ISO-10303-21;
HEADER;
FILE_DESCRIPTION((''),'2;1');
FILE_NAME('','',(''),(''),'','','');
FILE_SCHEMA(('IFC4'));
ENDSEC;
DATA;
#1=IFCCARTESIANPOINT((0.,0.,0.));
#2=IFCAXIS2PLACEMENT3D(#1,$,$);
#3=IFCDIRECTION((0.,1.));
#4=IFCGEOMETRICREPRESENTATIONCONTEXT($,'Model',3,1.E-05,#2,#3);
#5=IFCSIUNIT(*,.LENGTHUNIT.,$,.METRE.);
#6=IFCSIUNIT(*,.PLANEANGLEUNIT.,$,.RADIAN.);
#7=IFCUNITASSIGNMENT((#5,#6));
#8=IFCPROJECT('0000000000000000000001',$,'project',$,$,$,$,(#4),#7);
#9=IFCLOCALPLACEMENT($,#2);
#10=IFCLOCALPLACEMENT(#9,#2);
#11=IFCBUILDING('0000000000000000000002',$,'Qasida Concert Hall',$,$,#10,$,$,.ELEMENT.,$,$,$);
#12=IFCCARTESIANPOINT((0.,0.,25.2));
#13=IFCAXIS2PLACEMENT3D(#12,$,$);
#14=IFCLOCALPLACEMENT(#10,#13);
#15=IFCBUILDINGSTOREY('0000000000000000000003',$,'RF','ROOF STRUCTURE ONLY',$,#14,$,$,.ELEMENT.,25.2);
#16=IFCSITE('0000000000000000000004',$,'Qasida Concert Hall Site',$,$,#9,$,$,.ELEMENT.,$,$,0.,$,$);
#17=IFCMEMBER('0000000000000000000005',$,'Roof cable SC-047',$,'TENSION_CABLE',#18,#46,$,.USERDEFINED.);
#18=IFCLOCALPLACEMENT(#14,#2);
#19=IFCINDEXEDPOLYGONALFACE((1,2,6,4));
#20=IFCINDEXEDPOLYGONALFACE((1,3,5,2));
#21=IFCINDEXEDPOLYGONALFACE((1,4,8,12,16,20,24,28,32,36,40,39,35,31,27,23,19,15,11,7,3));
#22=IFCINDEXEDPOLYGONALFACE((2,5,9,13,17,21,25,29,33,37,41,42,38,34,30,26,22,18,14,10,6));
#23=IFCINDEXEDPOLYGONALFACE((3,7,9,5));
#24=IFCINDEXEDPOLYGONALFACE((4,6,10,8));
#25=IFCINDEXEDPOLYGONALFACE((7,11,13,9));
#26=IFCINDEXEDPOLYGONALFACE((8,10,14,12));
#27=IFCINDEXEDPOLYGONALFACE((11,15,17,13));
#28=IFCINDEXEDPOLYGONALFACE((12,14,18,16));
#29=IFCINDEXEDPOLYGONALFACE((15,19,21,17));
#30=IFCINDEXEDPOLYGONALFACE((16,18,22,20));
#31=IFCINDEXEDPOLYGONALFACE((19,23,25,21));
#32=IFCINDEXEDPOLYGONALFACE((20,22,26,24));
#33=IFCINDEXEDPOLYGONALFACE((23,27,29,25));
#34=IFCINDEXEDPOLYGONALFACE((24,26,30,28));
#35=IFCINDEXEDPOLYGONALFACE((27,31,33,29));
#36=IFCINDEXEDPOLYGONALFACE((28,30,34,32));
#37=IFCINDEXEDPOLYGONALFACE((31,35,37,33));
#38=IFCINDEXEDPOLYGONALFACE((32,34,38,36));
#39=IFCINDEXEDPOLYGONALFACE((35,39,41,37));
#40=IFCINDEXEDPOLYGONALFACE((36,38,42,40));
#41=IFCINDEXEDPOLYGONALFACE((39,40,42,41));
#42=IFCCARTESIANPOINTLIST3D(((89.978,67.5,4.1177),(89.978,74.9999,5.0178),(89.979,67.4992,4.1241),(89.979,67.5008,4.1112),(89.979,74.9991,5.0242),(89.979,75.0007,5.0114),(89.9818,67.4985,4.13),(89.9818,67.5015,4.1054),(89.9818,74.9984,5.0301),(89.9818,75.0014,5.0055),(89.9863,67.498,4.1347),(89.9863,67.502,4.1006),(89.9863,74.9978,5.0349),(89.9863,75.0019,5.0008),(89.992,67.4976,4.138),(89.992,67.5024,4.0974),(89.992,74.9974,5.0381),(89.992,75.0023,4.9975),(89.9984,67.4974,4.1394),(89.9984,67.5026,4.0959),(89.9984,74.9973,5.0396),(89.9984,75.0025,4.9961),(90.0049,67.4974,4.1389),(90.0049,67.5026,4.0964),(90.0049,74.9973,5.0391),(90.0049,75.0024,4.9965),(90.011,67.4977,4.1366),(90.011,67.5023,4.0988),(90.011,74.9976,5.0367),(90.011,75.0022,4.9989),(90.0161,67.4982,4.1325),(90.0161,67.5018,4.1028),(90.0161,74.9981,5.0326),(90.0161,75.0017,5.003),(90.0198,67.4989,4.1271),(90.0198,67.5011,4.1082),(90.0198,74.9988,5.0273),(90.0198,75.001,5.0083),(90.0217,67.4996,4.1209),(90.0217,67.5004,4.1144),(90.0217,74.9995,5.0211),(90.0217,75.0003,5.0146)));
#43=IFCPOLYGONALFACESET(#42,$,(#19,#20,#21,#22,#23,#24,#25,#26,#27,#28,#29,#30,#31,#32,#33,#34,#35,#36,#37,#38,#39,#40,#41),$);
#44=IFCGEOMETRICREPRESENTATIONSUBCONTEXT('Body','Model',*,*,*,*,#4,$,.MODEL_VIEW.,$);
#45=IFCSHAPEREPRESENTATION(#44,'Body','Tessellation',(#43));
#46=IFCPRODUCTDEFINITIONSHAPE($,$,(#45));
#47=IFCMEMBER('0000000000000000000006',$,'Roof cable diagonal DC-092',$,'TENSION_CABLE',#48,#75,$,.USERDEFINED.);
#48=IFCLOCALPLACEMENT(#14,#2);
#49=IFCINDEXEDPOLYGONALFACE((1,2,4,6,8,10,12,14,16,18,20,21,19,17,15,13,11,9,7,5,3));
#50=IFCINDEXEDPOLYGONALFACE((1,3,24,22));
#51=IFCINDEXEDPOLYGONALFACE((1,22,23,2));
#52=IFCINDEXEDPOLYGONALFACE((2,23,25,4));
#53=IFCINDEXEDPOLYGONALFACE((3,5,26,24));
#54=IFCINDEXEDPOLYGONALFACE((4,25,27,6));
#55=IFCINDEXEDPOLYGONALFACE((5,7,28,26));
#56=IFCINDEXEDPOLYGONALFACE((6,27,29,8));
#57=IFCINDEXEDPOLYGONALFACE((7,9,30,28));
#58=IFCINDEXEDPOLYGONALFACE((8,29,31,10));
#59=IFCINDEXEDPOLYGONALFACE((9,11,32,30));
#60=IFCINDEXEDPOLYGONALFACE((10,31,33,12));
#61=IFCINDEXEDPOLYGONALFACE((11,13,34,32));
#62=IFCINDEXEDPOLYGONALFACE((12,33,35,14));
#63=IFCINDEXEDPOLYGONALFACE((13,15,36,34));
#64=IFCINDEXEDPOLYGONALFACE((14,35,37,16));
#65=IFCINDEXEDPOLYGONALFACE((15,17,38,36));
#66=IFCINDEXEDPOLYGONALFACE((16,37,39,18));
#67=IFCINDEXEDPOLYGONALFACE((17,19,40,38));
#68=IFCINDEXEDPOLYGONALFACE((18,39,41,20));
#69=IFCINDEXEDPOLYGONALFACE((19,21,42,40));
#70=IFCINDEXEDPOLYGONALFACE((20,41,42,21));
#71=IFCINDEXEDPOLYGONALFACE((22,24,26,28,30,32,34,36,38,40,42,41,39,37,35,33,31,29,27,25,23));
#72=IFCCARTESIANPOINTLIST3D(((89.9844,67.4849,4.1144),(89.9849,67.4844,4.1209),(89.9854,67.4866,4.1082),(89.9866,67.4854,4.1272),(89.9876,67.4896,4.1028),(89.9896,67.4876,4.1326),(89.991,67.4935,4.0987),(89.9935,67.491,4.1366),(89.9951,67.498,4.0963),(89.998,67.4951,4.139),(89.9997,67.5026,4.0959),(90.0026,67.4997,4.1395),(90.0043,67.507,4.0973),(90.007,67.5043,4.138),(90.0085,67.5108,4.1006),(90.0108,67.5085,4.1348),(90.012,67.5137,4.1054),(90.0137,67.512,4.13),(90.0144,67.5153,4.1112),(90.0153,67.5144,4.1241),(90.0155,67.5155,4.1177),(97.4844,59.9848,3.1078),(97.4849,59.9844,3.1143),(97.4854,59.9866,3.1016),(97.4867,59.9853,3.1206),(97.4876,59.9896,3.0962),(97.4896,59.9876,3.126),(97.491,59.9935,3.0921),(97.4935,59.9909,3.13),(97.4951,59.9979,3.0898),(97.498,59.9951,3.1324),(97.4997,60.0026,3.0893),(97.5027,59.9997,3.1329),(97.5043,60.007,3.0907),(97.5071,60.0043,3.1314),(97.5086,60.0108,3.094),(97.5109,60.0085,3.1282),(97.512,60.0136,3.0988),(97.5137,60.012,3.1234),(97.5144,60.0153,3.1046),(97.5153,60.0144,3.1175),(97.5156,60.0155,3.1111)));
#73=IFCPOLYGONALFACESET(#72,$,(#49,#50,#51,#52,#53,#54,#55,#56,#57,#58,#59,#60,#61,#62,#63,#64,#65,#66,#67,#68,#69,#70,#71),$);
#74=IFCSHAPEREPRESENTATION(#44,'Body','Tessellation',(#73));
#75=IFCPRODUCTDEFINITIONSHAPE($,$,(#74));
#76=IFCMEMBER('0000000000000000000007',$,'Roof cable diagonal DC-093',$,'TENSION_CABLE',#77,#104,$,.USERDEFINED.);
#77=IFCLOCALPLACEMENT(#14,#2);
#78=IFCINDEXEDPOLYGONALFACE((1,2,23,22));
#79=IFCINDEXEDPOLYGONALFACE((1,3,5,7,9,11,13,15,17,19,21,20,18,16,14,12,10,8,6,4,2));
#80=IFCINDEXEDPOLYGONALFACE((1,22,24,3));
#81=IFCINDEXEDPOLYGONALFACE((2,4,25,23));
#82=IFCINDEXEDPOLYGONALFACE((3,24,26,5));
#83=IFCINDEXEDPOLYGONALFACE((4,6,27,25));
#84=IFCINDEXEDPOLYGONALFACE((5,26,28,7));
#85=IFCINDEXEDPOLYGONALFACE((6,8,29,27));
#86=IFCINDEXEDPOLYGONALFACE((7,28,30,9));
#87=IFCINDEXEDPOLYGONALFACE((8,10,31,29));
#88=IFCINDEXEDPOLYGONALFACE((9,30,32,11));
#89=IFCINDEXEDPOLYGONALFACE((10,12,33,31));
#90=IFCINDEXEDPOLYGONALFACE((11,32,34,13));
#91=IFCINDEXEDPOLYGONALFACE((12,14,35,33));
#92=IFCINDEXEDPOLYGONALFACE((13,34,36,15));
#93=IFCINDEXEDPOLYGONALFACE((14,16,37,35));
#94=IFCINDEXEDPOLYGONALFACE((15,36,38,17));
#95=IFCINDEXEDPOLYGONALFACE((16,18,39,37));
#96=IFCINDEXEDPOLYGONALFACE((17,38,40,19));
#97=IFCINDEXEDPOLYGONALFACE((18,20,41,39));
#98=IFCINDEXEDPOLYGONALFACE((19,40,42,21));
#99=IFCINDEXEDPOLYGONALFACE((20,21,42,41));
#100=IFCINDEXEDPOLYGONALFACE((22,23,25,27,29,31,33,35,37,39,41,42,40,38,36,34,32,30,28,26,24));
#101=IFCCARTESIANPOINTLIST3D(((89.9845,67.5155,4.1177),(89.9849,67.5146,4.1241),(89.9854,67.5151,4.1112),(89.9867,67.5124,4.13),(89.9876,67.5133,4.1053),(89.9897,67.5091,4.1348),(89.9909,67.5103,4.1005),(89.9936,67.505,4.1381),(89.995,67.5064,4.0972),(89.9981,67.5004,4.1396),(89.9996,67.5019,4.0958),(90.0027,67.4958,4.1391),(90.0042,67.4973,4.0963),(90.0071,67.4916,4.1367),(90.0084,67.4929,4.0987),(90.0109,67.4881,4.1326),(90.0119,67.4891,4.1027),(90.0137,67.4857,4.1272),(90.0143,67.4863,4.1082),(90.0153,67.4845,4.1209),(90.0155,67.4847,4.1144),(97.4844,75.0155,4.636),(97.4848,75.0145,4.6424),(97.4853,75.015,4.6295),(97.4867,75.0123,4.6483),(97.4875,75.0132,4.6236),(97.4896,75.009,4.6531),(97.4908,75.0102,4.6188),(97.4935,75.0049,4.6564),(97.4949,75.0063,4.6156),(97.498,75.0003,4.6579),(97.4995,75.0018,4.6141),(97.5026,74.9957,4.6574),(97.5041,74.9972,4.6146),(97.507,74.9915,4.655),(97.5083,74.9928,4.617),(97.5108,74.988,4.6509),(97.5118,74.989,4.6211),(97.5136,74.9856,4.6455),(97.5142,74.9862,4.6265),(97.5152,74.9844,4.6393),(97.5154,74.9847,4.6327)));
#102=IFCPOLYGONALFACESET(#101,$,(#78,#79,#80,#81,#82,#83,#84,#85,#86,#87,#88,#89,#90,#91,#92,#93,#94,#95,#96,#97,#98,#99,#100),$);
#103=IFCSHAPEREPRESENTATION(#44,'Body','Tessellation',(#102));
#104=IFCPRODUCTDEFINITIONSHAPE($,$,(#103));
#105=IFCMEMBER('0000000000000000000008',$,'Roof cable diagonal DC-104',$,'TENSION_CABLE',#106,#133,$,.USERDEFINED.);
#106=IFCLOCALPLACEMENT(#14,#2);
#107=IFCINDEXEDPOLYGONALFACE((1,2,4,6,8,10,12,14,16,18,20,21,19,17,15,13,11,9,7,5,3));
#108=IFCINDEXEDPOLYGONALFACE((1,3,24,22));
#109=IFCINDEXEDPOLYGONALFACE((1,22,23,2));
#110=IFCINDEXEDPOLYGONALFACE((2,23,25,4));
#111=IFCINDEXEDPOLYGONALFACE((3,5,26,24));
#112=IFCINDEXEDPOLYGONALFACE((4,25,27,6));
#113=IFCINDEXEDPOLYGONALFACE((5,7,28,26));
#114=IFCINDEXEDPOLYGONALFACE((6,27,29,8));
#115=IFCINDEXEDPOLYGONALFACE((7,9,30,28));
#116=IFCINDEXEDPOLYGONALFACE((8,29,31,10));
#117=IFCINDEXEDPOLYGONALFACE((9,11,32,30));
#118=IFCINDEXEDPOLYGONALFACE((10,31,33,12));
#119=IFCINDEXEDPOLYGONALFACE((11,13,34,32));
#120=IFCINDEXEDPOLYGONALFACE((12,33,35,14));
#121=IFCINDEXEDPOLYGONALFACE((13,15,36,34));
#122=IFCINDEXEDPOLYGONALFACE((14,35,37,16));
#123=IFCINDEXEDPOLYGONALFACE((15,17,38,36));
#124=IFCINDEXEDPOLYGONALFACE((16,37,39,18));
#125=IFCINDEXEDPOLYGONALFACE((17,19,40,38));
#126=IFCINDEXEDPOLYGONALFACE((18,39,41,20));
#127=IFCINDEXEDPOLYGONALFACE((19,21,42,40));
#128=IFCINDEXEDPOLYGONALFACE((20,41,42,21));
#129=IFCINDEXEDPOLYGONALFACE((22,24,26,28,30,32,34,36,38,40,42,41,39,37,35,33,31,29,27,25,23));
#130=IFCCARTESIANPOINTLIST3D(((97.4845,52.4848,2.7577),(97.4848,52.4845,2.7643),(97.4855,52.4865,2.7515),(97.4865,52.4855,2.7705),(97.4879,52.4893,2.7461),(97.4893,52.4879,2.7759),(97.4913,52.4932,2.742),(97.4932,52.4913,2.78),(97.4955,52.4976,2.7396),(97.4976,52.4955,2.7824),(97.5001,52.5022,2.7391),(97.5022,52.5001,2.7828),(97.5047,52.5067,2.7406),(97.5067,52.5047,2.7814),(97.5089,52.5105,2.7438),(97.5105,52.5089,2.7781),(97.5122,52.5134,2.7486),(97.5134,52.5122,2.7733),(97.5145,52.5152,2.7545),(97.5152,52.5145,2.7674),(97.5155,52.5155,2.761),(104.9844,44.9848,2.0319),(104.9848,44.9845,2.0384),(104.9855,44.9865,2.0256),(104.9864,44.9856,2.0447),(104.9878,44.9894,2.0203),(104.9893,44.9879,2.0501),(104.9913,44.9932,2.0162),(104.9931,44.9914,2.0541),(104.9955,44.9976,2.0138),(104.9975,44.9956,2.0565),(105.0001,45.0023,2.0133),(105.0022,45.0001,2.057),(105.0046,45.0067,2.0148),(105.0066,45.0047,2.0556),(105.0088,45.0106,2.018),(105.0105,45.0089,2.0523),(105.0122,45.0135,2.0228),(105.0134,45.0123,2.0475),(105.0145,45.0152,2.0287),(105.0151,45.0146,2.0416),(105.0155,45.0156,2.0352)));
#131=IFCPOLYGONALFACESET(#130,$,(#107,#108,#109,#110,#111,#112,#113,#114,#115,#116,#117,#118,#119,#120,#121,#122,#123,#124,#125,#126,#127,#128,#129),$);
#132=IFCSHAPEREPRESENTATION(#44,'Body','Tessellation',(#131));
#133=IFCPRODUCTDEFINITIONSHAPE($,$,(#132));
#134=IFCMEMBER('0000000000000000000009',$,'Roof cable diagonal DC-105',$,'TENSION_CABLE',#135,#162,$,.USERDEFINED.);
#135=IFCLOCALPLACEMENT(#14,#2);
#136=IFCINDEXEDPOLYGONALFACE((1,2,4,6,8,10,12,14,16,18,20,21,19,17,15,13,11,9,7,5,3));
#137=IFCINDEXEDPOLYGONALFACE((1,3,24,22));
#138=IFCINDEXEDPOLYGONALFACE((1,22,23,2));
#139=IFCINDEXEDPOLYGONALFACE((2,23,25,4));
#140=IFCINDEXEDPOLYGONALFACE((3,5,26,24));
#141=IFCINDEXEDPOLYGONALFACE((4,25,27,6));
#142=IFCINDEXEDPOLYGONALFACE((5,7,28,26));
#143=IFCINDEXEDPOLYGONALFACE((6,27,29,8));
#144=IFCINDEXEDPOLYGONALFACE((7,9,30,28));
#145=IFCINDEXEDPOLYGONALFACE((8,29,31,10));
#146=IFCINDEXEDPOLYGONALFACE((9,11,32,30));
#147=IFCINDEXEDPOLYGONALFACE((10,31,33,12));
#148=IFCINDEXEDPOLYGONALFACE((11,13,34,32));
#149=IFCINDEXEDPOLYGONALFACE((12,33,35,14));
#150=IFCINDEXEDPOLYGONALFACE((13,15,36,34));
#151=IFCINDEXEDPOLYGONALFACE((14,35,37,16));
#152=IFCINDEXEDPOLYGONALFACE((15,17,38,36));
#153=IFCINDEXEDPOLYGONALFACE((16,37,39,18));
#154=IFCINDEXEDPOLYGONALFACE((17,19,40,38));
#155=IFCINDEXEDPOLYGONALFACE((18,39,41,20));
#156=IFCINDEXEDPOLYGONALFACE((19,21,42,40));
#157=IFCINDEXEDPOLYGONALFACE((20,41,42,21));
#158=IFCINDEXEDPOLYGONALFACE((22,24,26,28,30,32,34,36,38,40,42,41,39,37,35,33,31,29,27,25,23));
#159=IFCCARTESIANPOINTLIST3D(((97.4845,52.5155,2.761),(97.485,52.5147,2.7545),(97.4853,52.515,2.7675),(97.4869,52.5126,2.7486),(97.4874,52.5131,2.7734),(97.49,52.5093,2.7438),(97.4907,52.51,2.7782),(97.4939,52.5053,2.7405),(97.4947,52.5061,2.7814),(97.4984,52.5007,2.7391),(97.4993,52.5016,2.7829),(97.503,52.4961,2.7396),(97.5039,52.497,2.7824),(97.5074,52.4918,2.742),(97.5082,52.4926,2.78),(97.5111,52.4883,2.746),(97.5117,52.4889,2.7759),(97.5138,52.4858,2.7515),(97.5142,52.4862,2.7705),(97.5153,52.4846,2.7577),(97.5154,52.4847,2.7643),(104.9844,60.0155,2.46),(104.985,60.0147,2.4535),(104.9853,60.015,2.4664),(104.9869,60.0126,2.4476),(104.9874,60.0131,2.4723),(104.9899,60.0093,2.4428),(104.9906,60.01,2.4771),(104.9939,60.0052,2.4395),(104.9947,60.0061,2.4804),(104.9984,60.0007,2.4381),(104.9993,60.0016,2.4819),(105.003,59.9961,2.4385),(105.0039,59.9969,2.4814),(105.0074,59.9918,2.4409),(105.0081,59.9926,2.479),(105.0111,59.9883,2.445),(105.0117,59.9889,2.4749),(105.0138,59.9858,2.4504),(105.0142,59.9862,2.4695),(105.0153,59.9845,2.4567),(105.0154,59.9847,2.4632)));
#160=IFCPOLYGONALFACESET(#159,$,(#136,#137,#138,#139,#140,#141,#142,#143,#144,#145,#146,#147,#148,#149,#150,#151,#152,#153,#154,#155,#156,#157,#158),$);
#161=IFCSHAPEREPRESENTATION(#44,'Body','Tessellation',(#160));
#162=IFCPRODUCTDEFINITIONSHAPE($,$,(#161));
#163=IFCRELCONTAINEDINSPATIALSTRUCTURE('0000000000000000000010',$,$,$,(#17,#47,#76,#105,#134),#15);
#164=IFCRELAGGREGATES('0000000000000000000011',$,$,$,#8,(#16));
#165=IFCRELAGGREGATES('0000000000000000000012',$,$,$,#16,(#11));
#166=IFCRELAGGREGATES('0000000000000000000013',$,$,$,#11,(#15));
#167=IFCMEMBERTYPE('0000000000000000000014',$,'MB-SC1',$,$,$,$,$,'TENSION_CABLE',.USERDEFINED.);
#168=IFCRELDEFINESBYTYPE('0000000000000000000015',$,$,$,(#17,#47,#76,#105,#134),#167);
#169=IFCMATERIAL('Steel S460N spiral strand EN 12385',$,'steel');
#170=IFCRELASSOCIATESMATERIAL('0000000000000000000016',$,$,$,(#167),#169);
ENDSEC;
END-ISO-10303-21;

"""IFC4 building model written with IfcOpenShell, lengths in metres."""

from ifc_helpers import new_model, si_unit, direction, frame, origin, origin_2d, place, context, subcontext, project, spatial, circle, extrude, material, material_profile, profile_set, type_object, element, save


model = new_model("IFC4")

# Units and contexts
model_context = context("Model", 3, precision=1e-05, world=origin(), true_north=direction((0.0, 1.0)))
body_context = subcontext(model_context, "Body", "Model", "MODEL_VIEW")
ifc_project = project(units=[si_unit("LENGTHUNIT", "METRE"), si_unit("PLANEANGLEUNIT", "RADIAN")], contexts=[model_context])

# Site, building, storey
site_placement = place(None, origin())
site = spatial("IfcSite", under=ifc_project, at=site_placement, Name="Qasida Concert Hall Site", CompositionType="ELEMENT", RefElevation=0.0)
building_placement = place(site_placement, origin())
building = spatial("IfcBuilding", under=site, at=building_placement, Name="Qasida Concert Hall", CompositionType="ELEMENT")
storey_placement = place(building_placement, frame((0.0, 0.0, 25.2)))
storey = spatial("IfcBuildingStorey", under=building, at=storey_placement, Name="RF", Description="ROOF STRUCTURE ONLY", CompositionType="ELEMENT", Elevation=25.2)

# Members
ifc_material_1 = material(Name="Steel S460N spiral strand EN 12385", Category="steel")
ifc_material_profile_1 = material_profile(ifc_material_1, circle(Radius=0.022, at=origin_2d()), Name="STRAND D44")
ifc_profile_set_1 = profile_set([ifc_material_profile_1], Name="Steel S460N spiral strand EN 12385")
member_type_1 = type_object("IfcMemberType", Name="MB-SC1", ElementType="TENSION_CABLE", PredefinedType="USERDEFINED", material=ifc_profile_set_1)
member_1_placement = place(storey_placement, frame((90.0, 67.5, 4.1177), z_axis=(0.0, 0.992875, 0.119164), x_axis=(-1.0, 0.0, 0.0)))
element("IfcMember", 1, at=member_1_placement, inside=storey, type_object=member_type_1, Name="Roof cable SC-047", ObjectType="TENSION_CABLE", PredefinedType="USERDEFINED", context=body_context, shape_type="SweptSolid", body=[
    extrude(circle(Radius=0.022, at=origin_2d()), origin(), (0.0, 0.0, 1.0), 7.5537),
])
member_2_placement = place(storey_placement, frame((90.0, 67.5, 4.1177), z_axis=(0.703944, -0.703944, -0.094478), x_axis=(0.707107, 0.707107, 0.0)))
element("IfcMember", 2, at=member_2_placement, inside=storey, type_object=member_type_1, Name="Roof cable diagonal DC-092", ObjectType="TENSION_CABLE", PredefinedType="USERDEFINED", context=body_context, shape_type="SweptSolid", body=[
    extrude(circle(Radius=0.022, at=origin_2d()), origin(), (0.0, 0.0, 1.0), 10.6543),
])
member_3_placement = place(storey_placement, frame((90.0, 67.5, 4.1177), z_axis=(0.706264, 0.706264, 0.048809), x_axis=(-0.707107, 0.707107, 0.0)))
element("IfcMember", 3, at=member_3_placement, inside=storey, type_object=member_type_1, Name="Roof cable diagonal DC-093", ObjectType="TENSION_CABLE", PredefinedType="USERDEFINED", context=body_context, shape_type="SweptSolid", body=[
    extrude(circle(Radius=0.022, at=origin_2d()), origin(), (0.0, 0.0, 1.0), 10.6191),
])
member_4_placement = place(storey_placement, frame((97.5, 52.5, 2.761), z_axis=(0.705457, -0.705457, -0.068272), x_axis=(0.707107, 0.707107, 0.0)))
element("IfcMember", 4, at=member_4_placement, inside=storey, type_object=member_type_1, Name="Roof cable diagonal DC-104", ObjectType="TENSION_CABLE", PredefinedType="USERDEFINED", context=body_context, shape_type="SweptSolid", body=[
    extrude(circle(Radius=0.022, at=origin_2d()), origin(), (0.0, 0.0, 1.0), 10.6313),
])
member_5_placement = place(storey_placement, frame((97.5, 52.5, 2.761), z_axis=(0.706822, 0.706822, -0.02837), x_axis=(-0.707107, 0.707107, 0.0)))
element("IfcMember", 5, at=member_5_placement, inside=storey, type_object=member_type_1, Name="Roof cable diagonal DC-105", ObjectType="TENSION_CABLE", PredefinedType="USERDEFINED", context=body_context, shape_type="SweptSolid", body=[
    extrude(circle(Radius=0.022, at=origin_2d()), origin(), (0.0, 0.0, 1.0), 10.6108),
])

save(model, "model.ifc")
